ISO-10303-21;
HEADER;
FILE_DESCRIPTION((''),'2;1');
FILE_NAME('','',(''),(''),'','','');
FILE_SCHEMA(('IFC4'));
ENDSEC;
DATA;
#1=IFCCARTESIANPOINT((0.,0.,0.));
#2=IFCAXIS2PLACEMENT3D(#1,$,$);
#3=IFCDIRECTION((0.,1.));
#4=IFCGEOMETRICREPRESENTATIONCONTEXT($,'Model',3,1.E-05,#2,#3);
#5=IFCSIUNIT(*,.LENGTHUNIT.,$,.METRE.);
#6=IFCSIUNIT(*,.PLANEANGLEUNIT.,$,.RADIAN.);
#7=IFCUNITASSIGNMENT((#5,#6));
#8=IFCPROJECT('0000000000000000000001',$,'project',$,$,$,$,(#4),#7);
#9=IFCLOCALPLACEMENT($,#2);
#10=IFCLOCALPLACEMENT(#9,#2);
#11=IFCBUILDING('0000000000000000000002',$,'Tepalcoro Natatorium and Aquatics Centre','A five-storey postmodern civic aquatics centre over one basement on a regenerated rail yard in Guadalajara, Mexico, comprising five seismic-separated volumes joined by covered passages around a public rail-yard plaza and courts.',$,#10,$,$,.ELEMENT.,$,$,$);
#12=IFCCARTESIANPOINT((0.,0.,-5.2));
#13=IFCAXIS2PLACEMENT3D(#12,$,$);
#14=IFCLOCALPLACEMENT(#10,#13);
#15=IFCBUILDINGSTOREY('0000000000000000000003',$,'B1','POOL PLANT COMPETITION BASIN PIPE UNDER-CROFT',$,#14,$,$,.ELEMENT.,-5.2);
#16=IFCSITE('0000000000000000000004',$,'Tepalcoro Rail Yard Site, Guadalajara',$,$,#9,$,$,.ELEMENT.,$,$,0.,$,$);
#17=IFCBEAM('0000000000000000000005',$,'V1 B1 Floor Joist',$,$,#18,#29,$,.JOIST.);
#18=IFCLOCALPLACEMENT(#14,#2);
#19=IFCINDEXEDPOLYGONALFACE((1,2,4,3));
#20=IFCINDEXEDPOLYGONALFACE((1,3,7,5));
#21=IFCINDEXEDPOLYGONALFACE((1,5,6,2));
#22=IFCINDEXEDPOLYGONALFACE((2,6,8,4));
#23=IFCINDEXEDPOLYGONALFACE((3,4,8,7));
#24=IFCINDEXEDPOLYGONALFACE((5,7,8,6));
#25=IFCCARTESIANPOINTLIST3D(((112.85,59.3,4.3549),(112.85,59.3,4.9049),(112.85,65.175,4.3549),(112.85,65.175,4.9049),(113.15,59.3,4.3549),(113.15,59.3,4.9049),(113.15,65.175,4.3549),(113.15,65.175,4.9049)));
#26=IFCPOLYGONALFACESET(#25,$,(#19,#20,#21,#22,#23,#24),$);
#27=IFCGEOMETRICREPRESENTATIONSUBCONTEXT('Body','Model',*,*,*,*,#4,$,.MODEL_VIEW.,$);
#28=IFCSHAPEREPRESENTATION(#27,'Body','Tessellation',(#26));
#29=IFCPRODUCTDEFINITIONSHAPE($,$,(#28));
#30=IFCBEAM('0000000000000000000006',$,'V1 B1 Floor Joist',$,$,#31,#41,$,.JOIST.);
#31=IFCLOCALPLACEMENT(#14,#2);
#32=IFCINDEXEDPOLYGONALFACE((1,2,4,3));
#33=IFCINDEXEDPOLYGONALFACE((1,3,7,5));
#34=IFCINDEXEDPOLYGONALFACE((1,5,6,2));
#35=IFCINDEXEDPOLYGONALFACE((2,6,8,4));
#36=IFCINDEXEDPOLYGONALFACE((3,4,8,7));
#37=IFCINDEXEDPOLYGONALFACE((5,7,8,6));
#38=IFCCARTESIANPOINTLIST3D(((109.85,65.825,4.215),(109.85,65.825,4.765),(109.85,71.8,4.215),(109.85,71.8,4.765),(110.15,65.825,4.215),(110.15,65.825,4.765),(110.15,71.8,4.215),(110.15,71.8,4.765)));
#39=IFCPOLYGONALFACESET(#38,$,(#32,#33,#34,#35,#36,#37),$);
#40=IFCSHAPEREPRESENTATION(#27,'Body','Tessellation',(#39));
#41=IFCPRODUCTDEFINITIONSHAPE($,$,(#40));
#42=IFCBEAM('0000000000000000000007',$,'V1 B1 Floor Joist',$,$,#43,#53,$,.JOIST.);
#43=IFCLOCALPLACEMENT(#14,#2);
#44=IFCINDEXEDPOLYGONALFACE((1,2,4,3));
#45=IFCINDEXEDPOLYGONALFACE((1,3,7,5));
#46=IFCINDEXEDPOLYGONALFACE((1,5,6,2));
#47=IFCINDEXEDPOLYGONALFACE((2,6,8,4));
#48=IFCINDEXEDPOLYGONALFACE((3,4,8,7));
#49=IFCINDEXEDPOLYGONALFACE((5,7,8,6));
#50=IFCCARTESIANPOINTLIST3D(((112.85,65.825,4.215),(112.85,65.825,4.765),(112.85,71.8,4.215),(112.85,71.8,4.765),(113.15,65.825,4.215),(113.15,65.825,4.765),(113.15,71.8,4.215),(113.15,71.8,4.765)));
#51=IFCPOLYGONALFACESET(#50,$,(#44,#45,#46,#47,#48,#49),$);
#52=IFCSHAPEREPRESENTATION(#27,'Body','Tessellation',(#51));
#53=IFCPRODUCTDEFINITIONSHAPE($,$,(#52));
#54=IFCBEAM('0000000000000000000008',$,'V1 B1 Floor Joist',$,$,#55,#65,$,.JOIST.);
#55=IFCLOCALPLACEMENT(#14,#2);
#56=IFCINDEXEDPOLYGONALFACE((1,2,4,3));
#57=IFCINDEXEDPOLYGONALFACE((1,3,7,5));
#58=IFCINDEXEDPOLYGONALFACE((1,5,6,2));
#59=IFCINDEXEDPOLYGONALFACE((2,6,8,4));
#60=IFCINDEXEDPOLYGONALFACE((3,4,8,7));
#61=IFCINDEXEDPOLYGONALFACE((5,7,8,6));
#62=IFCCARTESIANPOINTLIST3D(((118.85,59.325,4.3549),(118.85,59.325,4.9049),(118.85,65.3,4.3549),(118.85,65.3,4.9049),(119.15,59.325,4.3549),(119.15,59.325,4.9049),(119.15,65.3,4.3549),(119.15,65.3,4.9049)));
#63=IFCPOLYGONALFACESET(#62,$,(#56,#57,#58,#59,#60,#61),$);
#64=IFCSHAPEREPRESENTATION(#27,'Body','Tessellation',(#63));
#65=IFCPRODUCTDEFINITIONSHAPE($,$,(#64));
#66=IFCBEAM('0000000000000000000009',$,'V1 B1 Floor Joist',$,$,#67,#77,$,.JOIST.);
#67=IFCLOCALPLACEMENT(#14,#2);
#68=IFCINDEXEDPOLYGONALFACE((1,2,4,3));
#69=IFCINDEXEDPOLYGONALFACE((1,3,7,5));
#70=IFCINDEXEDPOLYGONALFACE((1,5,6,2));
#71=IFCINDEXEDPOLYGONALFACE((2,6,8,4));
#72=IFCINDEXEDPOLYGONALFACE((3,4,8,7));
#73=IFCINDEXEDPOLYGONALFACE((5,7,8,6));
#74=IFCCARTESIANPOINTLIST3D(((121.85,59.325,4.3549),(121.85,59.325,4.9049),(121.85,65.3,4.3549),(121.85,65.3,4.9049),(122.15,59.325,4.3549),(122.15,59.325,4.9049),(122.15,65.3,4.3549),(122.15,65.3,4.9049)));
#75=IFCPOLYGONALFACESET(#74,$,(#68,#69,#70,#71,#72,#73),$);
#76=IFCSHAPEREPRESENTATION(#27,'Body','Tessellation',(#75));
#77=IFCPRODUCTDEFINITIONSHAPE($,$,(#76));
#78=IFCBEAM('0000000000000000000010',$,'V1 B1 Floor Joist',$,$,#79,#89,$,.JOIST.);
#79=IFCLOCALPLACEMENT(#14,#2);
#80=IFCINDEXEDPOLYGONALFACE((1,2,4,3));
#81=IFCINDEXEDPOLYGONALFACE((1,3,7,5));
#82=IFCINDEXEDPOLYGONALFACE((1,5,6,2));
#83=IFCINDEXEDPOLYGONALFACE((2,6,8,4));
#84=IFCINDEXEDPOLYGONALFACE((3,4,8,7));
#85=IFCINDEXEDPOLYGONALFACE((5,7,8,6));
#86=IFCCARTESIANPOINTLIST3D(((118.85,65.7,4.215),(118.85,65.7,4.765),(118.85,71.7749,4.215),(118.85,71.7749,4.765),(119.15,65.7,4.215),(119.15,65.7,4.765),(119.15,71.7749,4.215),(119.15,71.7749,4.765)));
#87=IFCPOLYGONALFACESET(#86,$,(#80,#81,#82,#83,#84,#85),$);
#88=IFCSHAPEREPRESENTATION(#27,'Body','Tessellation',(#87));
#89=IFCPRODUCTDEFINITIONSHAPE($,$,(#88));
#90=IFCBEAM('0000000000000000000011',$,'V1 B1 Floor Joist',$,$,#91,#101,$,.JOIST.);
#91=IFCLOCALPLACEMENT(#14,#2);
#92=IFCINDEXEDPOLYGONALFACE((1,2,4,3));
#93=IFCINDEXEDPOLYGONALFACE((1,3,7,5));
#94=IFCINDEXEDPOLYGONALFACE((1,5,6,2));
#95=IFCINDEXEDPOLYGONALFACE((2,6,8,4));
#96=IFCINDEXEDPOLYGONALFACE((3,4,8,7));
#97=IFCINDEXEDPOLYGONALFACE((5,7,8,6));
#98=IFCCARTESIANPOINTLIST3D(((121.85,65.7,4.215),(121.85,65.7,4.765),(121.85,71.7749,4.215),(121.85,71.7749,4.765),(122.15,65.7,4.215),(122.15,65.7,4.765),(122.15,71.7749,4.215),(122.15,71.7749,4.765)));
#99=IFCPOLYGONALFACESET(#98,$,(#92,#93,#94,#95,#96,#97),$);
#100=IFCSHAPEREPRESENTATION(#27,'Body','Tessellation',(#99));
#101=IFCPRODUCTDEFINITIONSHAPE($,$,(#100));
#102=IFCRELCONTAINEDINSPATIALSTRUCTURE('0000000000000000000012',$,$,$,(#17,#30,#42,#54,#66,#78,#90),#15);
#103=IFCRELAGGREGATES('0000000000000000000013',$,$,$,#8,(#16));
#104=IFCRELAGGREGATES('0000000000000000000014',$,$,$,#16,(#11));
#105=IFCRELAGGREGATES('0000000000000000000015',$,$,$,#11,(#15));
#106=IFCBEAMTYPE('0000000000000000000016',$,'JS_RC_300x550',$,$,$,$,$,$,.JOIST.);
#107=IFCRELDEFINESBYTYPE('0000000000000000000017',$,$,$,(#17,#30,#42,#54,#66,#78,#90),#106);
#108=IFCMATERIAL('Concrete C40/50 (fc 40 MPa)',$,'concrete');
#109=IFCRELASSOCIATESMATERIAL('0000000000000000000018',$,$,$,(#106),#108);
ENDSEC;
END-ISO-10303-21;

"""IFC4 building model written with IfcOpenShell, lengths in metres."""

from ifc_helpers import new_model, si_unit, direction, frame, origin, origin_2d, place, context, subcontext, project, spatial, rectangle, extrude, material, material_profile, profile_set, type_object, element, save


model = new_model("IFC4")

# Units and contexts
model_context = context("Model", 3, precision=1e-05, world=origin(), true_north=direction((0.0, 1.0)))
body_context = subcontext(model_context, "Body", "Model", "MODEL_VIEW")
ifc_project = project(units=[si_unit("LENGTHUNIT", "METRE"), si_unit("PLANEANGLEUNIT", "RADIAN")], contexts=[model_context])

# Site, building, storey
site_placement = place(None, origin())
site = spatial("IfcSite", under=ifc_project, at=site_placement, Name="Tepalcoro Rail Yard Site, Guadalajara", CompositionType="ELEMENT", RefElevation=0.0)
building_placement = place(site_placement, origin())
building = spatial("IfcBuilding", under=site, at=building_placement, Name="Tepalcoro Natatorium and Aquatics Centre", Description="A five-storey postmodern civic aquatics centre over one basement on a regenerated rail yard in Guadalajara, Mexico, comprising five seismic-separated volumes joined by covered passages around a public rail-yard plaza and courts.", CompositionType="ELEMENT")
storey_placement = place(building_placement, frame((0.0, 0.0, -5.2)))
storey = spatial("IfcBuildingStorey", under=building, at=storey_placement, Name="B1", Description="POOL PLANT COMPETITION BASIN PIPE UNDER-CROFT", CompositionType="ELEMENT", Elevation=-5.2)

# Shared definitions
ifc_material = material(Name="Concrete C40/50 (fc 40 MPa)", Category="concrete")

# Beams
ifc_material_profile_1 = material_profile(ifc_material, rectangle(XDim=0.3, YDim=0.55, at=origin_2d()), Name="RCJ300x550")
ifc_profile_set_1 = profile_set([ifc_material_profile_1], Name="Concrete C40/50 (fc 40 MPa)")
beam_type_1 = type_object("IfcBeamType", Name="JS_RC_300x550", PredefinedType="JOIST", material=ifc_profile_set_1)
for number, where, z_axis, x_axis, name in (
    (1, (113.0, 59.3, 4.6299), (0.0, 1.0, 0.0), (-1.0, 0.0, 0.0), "V1 B1 Floor Joist"),
):
    element("IfcBeam", number, at=place(storey_placement, frame(where, z_axis=z_axis, x_axis=x_axis)), inside=storey, type_object=beam_type_1, Name=name, PredefinedType="JOIST", context=body_context, shape_type="SweptSolid", body=[
        extrude(rectangle(XDim=0.3, YDim=0.55, at=origin_2d()), origin(), (0.0, 0.0, 1.0), 5.875),
    ])
for number, where, z_axis, x_axis, name in (
    (2, (110.0, 65.825, 4.49), (0.0, 1.0, 0.0), (-1.0, 0.0, 0.0), "V1 B1 Floor Joist"),
    (3, (113.0, 65.825, 4.49), (0.0, 1.0, 0.0), (-1.0, 0.0, 0.0), "V1 B1 Floor Joist"),
    (4, (119.0, 59.325, 4.6299), (0.0, 1.0, 0.0), (-1.0, 0.0, 0.0), "V1 B1 Floor Joist"),
    (5, (122.0, 59.325, 4.6299), (0.0, 1.0, 0.0), (-1.0, 0.0, 0.0), "V1 B1 Floor Joist"),
):
    element("IfcBeam", number, at=place(storey_placement, frame(where, z_axis=z_axis, x_axis=x_axis)), inside=storey, type_object=beam_type_1, Name=name, PredefinedType="JOIST", context=body_context, shape_type="SweptSolid", body=[
        extrude(rectangle(XDim=0.3, YDim=0.55, at=origin_2d()), origin(), (0.0, 0.0, 1.0), 5.9751),
    ])
for number, where, z_axis, x_axis, name in (
    (6, (119.0, 65.7, 4.49), (0.0, 1.0, 0.0), (-1.0, 0.0, 0.0), "V1 B1 Floor Joist"),
    (7, (122.0, 65.7, 4.49), (0.0, 1.0, 0.0), (-1.0, 0.0, 0.0), "V1 B1 Floor Joist"),
):
    element("IfcBeam", number, at=place(storey_placement, frame(where, z_axis=z_axis, x_axis=x_axis)), inside=storey, type_object=beam_type_1, Name=name, PredefinedType="JOIST", context=body_context, shape_type="SweptSolid", body=[
        extrude(rectangle(XDim=0.3, YDim=0.55, at=origin_2d()), origin(), (0.0, 0.0, 1.0), 6.075),
    ])

save(model, "model.ifc")
